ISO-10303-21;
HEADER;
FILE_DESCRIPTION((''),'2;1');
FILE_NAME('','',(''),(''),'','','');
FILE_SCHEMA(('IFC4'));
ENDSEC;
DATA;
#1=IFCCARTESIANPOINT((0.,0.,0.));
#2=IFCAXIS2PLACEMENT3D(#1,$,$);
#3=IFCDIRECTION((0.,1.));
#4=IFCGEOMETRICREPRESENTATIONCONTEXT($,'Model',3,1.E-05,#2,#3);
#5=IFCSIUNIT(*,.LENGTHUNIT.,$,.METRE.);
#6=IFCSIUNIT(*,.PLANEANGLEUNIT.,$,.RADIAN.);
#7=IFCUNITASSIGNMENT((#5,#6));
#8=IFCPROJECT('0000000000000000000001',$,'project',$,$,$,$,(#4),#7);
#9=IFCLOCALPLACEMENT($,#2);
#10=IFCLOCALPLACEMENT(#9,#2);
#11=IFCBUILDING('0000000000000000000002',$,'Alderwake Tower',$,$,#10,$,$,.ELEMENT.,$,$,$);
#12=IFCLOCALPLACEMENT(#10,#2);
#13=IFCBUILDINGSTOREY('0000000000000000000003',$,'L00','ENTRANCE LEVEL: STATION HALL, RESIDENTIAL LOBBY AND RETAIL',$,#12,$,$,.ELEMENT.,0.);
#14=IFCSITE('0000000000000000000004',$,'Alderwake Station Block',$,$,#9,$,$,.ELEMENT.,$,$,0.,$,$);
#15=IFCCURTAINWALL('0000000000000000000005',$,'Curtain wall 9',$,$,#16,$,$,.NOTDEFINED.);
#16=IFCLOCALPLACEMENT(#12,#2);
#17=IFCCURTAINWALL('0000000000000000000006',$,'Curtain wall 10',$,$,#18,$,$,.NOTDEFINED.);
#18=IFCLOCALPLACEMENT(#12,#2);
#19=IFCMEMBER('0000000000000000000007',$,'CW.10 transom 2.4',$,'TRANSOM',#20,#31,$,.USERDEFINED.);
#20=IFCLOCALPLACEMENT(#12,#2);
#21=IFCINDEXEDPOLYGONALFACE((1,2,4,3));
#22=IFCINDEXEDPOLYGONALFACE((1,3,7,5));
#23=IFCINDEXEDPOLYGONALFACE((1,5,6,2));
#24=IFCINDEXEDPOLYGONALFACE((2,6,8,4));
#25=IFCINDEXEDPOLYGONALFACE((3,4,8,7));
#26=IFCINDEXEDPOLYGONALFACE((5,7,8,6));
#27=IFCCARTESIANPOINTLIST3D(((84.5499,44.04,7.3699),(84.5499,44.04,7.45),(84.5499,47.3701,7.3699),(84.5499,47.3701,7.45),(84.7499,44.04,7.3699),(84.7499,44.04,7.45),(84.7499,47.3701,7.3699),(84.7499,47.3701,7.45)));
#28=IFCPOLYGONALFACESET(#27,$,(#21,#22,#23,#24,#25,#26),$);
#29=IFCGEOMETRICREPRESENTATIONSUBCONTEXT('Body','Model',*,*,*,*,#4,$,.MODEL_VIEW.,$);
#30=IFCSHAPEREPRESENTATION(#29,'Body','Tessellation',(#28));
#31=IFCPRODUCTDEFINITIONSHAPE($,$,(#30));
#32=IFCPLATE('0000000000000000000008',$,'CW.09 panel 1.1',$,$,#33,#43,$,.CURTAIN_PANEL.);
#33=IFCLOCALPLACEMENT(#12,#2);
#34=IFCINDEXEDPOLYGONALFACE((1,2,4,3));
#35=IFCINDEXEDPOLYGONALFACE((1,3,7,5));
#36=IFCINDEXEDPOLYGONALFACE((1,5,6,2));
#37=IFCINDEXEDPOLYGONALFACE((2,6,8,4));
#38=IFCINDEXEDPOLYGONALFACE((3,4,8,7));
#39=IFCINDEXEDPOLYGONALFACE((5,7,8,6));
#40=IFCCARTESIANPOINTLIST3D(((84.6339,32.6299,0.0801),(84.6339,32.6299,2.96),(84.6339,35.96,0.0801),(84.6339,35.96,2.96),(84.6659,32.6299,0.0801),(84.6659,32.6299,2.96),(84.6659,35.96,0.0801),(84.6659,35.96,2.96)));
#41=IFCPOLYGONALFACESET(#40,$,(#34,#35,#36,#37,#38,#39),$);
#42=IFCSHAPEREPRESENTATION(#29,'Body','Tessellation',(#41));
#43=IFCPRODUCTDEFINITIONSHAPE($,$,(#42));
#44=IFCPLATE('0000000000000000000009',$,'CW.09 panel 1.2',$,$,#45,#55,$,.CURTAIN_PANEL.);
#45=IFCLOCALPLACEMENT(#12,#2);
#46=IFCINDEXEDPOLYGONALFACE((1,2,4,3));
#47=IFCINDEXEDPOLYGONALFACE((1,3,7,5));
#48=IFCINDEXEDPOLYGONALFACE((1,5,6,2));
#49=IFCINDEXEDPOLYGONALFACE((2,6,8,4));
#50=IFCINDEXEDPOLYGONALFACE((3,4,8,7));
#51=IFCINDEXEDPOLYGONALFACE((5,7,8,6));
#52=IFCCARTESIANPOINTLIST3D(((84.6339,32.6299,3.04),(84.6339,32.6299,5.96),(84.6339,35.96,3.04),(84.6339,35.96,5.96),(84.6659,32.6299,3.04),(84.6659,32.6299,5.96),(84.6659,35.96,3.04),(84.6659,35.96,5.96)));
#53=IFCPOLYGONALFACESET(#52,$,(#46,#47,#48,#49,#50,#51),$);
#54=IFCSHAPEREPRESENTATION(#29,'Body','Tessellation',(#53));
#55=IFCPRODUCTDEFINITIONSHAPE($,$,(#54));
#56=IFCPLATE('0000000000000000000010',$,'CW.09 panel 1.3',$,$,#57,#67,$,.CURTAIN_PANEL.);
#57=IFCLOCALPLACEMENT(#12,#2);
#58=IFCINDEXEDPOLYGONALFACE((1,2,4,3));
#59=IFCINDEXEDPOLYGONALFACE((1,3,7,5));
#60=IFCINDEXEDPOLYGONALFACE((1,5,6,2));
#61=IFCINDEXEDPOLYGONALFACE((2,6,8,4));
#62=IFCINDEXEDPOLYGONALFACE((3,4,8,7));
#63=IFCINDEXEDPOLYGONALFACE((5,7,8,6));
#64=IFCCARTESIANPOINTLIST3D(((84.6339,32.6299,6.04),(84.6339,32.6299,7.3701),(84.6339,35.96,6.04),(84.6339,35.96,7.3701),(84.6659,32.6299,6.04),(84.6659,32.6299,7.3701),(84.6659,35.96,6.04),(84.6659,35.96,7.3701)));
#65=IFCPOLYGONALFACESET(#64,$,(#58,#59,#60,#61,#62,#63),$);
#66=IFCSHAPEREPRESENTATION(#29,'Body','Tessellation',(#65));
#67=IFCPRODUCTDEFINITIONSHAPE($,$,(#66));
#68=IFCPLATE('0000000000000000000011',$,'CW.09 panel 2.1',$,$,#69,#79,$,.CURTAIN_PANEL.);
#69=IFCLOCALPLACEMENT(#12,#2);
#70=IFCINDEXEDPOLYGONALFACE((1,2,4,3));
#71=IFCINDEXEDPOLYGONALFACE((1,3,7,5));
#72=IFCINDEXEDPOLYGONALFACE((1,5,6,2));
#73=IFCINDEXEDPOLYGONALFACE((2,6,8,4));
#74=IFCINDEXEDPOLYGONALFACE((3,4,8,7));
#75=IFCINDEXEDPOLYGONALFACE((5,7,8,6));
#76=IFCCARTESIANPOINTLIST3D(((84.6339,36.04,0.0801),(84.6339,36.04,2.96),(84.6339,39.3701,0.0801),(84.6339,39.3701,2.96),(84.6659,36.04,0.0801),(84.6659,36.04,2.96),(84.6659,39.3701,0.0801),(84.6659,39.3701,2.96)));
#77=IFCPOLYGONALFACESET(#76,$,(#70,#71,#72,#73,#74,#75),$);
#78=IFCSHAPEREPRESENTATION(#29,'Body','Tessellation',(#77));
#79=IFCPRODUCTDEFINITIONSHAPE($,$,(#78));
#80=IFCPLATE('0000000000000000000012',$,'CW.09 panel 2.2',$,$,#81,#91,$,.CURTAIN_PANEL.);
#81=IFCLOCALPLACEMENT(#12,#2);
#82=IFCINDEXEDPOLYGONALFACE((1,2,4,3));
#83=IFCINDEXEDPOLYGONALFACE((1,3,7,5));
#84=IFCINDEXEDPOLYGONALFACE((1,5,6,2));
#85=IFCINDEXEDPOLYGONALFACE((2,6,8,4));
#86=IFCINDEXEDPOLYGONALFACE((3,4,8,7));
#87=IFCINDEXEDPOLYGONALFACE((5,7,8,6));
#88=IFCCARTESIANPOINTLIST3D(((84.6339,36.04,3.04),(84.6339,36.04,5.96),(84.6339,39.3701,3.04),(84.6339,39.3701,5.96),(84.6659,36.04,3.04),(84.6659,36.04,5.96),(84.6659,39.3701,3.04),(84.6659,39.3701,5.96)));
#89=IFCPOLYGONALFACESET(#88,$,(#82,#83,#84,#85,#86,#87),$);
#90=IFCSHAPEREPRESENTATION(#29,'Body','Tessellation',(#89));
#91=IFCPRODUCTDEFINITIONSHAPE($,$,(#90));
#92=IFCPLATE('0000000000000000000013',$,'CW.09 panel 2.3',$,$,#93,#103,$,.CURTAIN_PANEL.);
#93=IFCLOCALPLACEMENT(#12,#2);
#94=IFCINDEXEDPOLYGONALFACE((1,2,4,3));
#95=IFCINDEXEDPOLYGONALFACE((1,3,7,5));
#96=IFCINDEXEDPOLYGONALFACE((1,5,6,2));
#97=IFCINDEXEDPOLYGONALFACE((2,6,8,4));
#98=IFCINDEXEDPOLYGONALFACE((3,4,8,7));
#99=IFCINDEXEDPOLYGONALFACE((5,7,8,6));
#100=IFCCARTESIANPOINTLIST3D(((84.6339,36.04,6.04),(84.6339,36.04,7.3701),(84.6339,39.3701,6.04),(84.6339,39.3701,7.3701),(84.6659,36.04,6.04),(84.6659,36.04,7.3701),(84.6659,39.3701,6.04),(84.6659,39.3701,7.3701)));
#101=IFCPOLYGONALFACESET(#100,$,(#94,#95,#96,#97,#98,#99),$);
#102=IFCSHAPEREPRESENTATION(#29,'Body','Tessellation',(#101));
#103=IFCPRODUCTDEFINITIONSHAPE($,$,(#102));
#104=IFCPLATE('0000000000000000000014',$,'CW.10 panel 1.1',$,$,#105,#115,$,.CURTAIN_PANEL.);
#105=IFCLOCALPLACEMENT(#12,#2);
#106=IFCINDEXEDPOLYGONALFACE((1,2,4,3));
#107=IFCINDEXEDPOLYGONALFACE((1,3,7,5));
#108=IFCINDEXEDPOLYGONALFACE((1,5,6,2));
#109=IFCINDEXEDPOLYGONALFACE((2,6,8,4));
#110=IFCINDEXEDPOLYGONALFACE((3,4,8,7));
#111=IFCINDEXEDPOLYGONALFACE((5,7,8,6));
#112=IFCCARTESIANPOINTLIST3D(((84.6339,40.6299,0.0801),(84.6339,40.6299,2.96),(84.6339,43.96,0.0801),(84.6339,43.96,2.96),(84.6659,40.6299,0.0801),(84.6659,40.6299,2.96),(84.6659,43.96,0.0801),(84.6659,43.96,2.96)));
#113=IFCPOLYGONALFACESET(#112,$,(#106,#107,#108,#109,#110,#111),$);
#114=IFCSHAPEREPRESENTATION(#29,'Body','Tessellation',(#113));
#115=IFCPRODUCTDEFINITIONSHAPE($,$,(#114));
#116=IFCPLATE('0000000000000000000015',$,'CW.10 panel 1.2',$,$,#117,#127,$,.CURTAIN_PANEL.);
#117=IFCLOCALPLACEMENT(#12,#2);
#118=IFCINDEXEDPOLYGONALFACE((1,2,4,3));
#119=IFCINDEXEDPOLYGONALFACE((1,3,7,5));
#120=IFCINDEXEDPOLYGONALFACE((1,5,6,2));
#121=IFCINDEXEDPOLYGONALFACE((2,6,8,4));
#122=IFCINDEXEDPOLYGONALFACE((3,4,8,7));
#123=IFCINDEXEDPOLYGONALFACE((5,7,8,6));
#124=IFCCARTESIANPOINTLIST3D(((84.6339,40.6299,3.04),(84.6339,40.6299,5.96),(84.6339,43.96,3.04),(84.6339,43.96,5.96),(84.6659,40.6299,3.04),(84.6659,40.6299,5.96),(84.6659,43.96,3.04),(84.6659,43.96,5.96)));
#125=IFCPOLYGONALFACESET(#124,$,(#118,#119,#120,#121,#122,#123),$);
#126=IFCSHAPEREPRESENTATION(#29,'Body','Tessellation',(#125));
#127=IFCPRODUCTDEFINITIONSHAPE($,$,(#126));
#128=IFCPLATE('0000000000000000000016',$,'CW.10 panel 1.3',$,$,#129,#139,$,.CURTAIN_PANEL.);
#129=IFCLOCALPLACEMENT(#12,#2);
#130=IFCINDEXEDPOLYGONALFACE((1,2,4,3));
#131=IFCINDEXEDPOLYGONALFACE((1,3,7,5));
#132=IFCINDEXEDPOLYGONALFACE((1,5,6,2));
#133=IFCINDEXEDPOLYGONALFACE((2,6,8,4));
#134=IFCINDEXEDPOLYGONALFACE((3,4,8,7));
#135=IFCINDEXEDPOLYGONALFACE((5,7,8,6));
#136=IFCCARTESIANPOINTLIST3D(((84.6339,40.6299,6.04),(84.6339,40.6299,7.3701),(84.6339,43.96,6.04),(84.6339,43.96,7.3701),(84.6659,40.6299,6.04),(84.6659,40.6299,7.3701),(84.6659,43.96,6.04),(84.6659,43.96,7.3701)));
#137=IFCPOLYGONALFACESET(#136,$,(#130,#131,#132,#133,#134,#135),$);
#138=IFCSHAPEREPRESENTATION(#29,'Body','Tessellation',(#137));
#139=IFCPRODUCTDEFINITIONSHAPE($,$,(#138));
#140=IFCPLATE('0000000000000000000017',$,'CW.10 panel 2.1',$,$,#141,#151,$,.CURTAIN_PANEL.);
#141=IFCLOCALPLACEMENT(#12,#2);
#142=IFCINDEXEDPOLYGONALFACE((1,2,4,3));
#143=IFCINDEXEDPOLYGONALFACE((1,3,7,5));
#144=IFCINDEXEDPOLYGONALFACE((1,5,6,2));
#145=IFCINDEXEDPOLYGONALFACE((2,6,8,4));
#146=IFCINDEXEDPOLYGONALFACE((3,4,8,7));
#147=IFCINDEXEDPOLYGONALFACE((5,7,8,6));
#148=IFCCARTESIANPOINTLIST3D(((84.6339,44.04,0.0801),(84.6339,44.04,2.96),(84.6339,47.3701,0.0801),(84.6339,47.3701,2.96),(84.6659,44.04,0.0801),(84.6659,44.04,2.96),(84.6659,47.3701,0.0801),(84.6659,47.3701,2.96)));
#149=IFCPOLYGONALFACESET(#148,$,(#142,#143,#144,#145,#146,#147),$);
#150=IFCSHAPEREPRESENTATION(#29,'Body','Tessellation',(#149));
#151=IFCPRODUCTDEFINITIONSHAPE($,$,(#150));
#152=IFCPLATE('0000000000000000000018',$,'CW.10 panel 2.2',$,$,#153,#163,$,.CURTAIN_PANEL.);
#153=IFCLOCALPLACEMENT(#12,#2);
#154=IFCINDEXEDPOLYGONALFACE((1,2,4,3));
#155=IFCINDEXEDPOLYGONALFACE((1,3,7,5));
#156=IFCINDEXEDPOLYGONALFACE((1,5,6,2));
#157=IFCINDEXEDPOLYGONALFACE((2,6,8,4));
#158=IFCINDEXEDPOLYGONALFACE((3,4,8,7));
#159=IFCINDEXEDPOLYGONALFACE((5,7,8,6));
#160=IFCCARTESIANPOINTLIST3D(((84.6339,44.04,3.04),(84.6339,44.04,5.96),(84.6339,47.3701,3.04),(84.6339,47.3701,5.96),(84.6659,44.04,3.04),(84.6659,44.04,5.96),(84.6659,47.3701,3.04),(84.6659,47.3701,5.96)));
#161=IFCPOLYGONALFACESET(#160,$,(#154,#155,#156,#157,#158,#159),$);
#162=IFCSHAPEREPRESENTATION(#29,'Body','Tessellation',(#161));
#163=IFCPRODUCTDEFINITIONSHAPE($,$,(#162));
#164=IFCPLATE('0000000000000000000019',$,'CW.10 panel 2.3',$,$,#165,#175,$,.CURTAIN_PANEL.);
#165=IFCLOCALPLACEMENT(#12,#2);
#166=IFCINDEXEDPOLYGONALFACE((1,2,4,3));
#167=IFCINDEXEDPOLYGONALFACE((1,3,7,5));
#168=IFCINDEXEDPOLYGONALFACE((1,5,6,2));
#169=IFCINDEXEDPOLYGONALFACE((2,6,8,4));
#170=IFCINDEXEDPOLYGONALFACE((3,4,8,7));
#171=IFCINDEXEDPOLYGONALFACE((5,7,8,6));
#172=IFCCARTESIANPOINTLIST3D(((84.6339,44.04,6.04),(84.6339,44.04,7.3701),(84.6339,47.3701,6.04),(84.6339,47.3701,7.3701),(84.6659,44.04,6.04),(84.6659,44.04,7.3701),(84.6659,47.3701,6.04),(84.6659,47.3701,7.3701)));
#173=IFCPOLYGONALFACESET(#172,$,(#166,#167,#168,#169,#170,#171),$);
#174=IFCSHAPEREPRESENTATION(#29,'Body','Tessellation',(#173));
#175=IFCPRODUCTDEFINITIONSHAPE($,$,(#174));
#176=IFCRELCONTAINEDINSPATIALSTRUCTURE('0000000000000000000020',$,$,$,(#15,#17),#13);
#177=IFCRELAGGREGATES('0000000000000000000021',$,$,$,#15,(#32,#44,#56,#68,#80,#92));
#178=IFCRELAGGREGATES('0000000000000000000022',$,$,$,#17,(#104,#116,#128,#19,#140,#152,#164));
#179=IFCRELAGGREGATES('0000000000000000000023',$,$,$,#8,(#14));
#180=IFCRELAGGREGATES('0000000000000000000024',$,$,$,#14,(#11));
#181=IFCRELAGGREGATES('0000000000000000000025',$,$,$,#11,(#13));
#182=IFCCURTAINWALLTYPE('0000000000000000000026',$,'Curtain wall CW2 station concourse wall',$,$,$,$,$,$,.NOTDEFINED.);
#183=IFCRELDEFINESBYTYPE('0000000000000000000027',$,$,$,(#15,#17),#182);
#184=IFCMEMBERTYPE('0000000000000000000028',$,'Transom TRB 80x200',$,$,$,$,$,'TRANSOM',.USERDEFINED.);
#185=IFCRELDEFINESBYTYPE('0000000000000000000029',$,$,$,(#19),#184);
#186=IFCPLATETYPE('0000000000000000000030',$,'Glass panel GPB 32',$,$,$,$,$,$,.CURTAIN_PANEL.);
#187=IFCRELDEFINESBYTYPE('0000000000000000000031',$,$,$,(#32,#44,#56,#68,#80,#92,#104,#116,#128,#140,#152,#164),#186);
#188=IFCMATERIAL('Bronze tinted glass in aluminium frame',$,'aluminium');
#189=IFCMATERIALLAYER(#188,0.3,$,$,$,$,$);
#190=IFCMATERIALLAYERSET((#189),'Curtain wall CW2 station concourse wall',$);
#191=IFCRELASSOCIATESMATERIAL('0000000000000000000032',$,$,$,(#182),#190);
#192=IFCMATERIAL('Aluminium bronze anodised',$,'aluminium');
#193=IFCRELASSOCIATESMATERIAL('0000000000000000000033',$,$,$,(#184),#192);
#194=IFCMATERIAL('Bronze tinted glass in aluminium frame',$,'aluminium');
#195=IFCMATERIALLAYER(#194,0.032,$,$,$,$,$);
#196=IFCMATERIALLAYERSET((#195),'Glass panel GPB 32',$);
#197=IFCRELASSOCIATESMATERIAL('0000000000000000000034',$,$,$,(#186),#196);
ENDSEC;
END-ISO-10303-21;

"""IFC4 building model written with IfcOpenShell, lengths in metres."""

from ifc_helpers import new_model, si_unit, direction, frame, origin, origin_2d, place, context, subcontext, project, spatial, rectangle, extrude, material, layer, layer_set, material_profile, profile_set, type_object, element, aggregate, save


model = new_model("IFC4")

# Units and contexts
model_context = context("Model", 3, precision=1e-05, world=origin(), true_north=direction((0.0, 1.0)))
body_context = subcontext(model_context, "Body", "Model", "MODEL_VIEW")
ifc_project = project(units=[si_unit("LENGTHUNIT", "METRE"), si_unit("PLANEANGLEUNIT", "RADIAN")], contexts=[model_context])

# Site, building, storey
site_placement = place(None, origin())
site = spatial("IfcSite", under=ifc_project, at=site_placement, Name="Alderwake Station Block", CompositionType="ELEMENT", RefElevation=0.0)
building_placement = place(site_placement, origin())
building = spatial("IfcBuilding", under=site, at=building_placement, Name="Alderwake Tower", CompositionType="ELEMENT")
storey_placement = place(building_placement, origin())
storey = spatial("IfcBuildingStorey", under=building, at=storey_placement, Name="L00", Description="ENTRANCE LEVEL: STATION HALL, RESIDENTIAL LOBBY AND RETAIL", CompositionType="ELEMENT", Elevation=0.0)

# Curtain walls
ifc_material_1 = material(Name="Bronze tinted glass in aluminium frame", Category="aluminium")
ifc_layer_1 = layer(ifc_material_1, 0.3)
ifc_layer_set_1 = layer_set([ifc_layer_1], Name="Curtain wall CW2 station concourse wall")
curtain_wall_type = type_object("IfcCurtainWallType", Name="Curtain wall CW2 station concourse wall", PredefinedType="NOTDEFINED", material=ifc_layer_set_1)
curtain_wall_1_placement = place(storey_placement, origin())
curtain_wall_1 = element("IfcCurtainWall", 1, at=curtain_wall_1_placement, inside=storey, type_object=curtain_wall_type, Name="Curtain wall 9", PredefinedType="NOTDEFINED")
curtain_wall_2_placement = place(storey_placement, origin())
curtain_wall_2 = element("IfcCurtainWall", 2, at=curtain_wall_2_placement, inside=storey, type_object=curtain_wall_type, Name="Curtain wall 10", PredefinedType="NOTDEFINED")

# Member
ifc_material_2 = material(Name="Aluminium bronze anodised", Category="aluminium")
ifc_material_profile_1 = material_profile(ifc_material_2, rectangle(XDim=0.2, YDim=0.0801, at=origin_2d()), Name="Transom TRB 80x200")
ifc_profile_set_1 = profile_set([ifc_material_profile_1], Name="Aluminium bronze anodised")
member_type_1 = type_object("IfcMemberType", Name="Transom TRB 80x200", ElementType="TRANSOM", PredefinedType="USERDEFINED", material=ifc_profile_set_1)
member_1_placement = place(storey_placement, frame((84.6499, 44.04, 7.4099), z_axis=(0.0, 1.0, 0.0), x_axis=(-1.0, 0.0, 0.0)))
member_1 = element("IfcMember", 3, at=member_1_placement, type_object=member_type_1, Name="CW.10 transom 2.4", ObjectType="TRANSOM", PredefinedType="USERDEFINED", context=body_context, shape_type="SweptSolid", body=[
    extrude(rectangle(XDim=0.2, YDim=0.0801, at=origin_2d()), origin(), (0.0, 0.0, 1.0), 3.3301),
])

# Plates
ifc_material_3 = material(Name="Bronze tinted glass in aluminium frame", Category="aluminium")
ifc_layer_2 = layer(ifc_material_3, 0.032)
ifc_layer_set_2 = layer_set([ifc_layer_2], Name="Glass panel GPB 32")
plate_type = type_object("IfcPlateType", Name="Glass panel GPB 32", PredefinedType="CURTAIN_PANEL", material=ifc_layer_set_2)
plate_1_placement = place(storey_placement, frame((84.6499, 34.2949, 0.0801), z_axis=(0.0, 0.0, 1.0), x_axis=(0.0, 1.0, 0.0)))
plate_1 = element("IfcPlate", 4, at=plate_1_placement, type_object=plate_type, Name="CW.09 panel 1.1", PredefinedType="CURTAIN_PANEL", context=body_context, shape_type="SweptSolid", body=[
    extrude(rectangle(XDim=3.3301, YDim=0.032, at=origin_2d()), origin(), (0.0, 0.0, 1.0), 2.8799),
])
plate_2_placement = place(storey_placement, frame((84.6499, 34.2949, 3.04), z_axis=(0.0, 0.0, 1.0), x_axis=(0.0, 1.0, 0.0)))
plate_2 = element("IfcPlate", 5, at=plate_2_placement, type_object=plate_type, Name="CW.09 panel 1.2", PredefinedType="CURTAIN_PANEL", context=body_context, shape_type="SweptSolid", body=[
    extrude(rectangle(XDim=3.3301, YDim=0.032, at=origin_2d()), origin(), (0.0, 0.0, 1.0), 2.9199),
])
plate_3_placement = place(storey_placement, frame((84.6499, 34.2949, 6.04), z_axis=(0.0, 0.0, 1.0), x_axis=(0.0, 1.0, 0.0)))
plate_3 = element("IfcPlate", 6, at=plate_3_placement, type_object=plate_type, Name="CW.09 panel 1.3", PredefinedType="CURTAIN_PANEL", context=body_context, shape_type="SweptSolid", body=[
    extrude(rectangle(XDim=3.3301, YDim=0.032, at=origin_2d()), origin(), (0.0, 0.0, 1.0), 1.3301),
])
plate_4_placement = place(storey_placement, frame((84.6499, 37.7051, 0.0801), z_axis=(0.0, 0.0, 1.0), x_axis=(0.0, 1.0, 0.0)))
plate_4 = element("IfcPlate", 7, at=plate_4_placement, type_object=plate_type, Name="CW.09 panel 2.1", PredefinedType="CURTAIN_PANEL", context=body_context, shape_type="SweptSolid", body=[
    extrude(rectangle(XDim=3.3301, YDim=0.032, at=origin_2d()), origin(), (0.0, 0.0, 1.0), 2.8799),
])
plate_5_placement = place(storey_placement, frame((84.6499, 37.7051, 3.04), z_axis=(0.0, 0.0, 1.0), x_axis=(0.0, 1.0, 0.0)))
plate_5 = element("IfcPlate", 8, at=plate_5_placement, type_object=plate_type, Name="CW.09 panel 2.2", PredefinedType="CURTAIN_PANEL", context=body_context, shape_type="SweptSolid", body=[
    extrude(rectangle(XDim=3.3301, YDim=0.032, at=origin_2d()), origin(), (0.0, 0.0, 1.0), 2.9199),
])
plate_6_placement = place(storey_placement, frame((84.6499, 37.7051, 6.04), z_axis=(0.0, 0.0, 1.0), x_axis=(0.0, 1.0, 0.0)))
plate_6 = element("IfcPlate", 9, at=plate_6_placement, type_object=plate_type, Name="CW.09 panel 2.3", PredefinedType="CURTAIN_PANEL", context=body_context, shape_type="SweptSolid", body=[
    extrude(rectangle(XDim=3.3301, YDim=0.032, at=origin_2d()), origin(), (0.0, 0.0, 1.0), 1.3301),
])
aggregate(curtain_wall_1, [plate_1, plate_2, plate_3, plate_4, plate_5, plate_6])
plate_7_placement = place(storey_placement, frame((84.6499, 42.2949, 0.0801), z_axis=(0.0, 0.0, 1.0), x_axis=(0.0, 1.0, 0.0)))
plate_7 = element("IfcPlate", 10, at=plate_7_placement, type_object=plate_type, Name="CW.10 panel 1.1", PredefinedType="CURTAIN_PANEL", context=body_context, shape_type="SweptSolid", body=[
    extrude(rectangle(XDim=3.3301, YDim=0.032, at=origin_2d()), origin(), (0.0, 0.0, 1.0), 2.8799),
])
plate_8_placement = place(storey_placement, frame((84.6499, 42.2949, 3.04), z_axis=(0.0, 0.0, 1.0), x_axis=(0.0, 1.0, 0.0)))
plate_8 = element("IfcPlate", 11, at=plate_8_placement, type_object=plate_type, Name="CW.10 panel 1.2", PredefinedType="CURTAIN_PANEL", context=body_context, shape_type="SweptSolid", body=[
    extrude(rectangle(XDim=3.3301, YDim=0.032, at=origin_2d()), origin(), (0.0, 0.0, 1.0), 2.9199),
])
plate_9_placement = place(storey_placement, frame((84.6499, 42.2949, 6.04), z_axis=(0.0, 0.0, 1.0), x_axis=(0.0, 1.0, 0.0)))
plate_9 = element("IfcPlate", 12, at=plate_9_placement, type_object=plate_type, Name="CW.10 panel 1.3", PredefinedType="CURTAIN_PANEL", context=body_context, shape_type="SweptSolid", body=[
    extrude(rectangle(XDim=3.3301, YDim=0.032, at=origin_2d()), origin(), (0.0, 0.0, 1.0), 1.3301),
])
plate_10_placement = place(storey_placement, frame((84.6499, 45.7051, 0.0801), z_axis=(0.0, 0.0, 1.0), x_axis=(0.0, 1.0, 0.0)))
plate_10 = element("IfcPlate", 13, at=plate_10_placement, type_object=plate_type, Name="CW.10 panel 2.1", PredefinedType="CURTAIN_PANEL", context=body_context, shape_type="SweptSolid", body=[
    extrude(rectangle(XDim=3.3301, YDim=0.032, at=origin_2d()), origin(), (0.0, 0.0, 1.0), 2.8799),
])
plate_11_placement = place(storey_placement, frame((84.6499, 45.7051, 3.04), z_axis=(0.0, 0.0, 1.0), x_axis=(0.0, 1.0, 0.0)))
plate_11 = element("IfcPlate", 14, at=plate_11_placement, type_object=plate_type, Name="CW.10 panel 2.2", PredefinedType="CURTAIN_PANEL", context=body_context, shape_type="SweptSolid", body=[
    extrude(rectangle(XDim=3.3301, YDim=0.032, at=origin_2d()), origin(), (0.0, 0.0, 1.0), 2.9199),
])
plate_12_placement = place(storey_placement, frame((84.6499, 45.7051, 6.04), z_axis=(0.0, 0.0, 1.0), x_axis=(0.0, 1.0, 0.0)))
plate_12 = element("IfcPlate", 15, at=plate_12_placement, type_object=plate_type, Name="CW.10 panel 2.3", PredefinedType="CURTAIN_PANEL", context=body_context, shape_type="SweptSolid", body=[
    extrude(rectangle(XDim=3.3301, YDim=0.032, at=origin_2d()), origin(), (0.0, 0.0, 1.0), 1.3301),
])
aggregate(curtain_wall_2, [plate_7, plate_8, plate_9, member_1, plate_10, plate_11, plate_12])

save(model, "model.ifc")
